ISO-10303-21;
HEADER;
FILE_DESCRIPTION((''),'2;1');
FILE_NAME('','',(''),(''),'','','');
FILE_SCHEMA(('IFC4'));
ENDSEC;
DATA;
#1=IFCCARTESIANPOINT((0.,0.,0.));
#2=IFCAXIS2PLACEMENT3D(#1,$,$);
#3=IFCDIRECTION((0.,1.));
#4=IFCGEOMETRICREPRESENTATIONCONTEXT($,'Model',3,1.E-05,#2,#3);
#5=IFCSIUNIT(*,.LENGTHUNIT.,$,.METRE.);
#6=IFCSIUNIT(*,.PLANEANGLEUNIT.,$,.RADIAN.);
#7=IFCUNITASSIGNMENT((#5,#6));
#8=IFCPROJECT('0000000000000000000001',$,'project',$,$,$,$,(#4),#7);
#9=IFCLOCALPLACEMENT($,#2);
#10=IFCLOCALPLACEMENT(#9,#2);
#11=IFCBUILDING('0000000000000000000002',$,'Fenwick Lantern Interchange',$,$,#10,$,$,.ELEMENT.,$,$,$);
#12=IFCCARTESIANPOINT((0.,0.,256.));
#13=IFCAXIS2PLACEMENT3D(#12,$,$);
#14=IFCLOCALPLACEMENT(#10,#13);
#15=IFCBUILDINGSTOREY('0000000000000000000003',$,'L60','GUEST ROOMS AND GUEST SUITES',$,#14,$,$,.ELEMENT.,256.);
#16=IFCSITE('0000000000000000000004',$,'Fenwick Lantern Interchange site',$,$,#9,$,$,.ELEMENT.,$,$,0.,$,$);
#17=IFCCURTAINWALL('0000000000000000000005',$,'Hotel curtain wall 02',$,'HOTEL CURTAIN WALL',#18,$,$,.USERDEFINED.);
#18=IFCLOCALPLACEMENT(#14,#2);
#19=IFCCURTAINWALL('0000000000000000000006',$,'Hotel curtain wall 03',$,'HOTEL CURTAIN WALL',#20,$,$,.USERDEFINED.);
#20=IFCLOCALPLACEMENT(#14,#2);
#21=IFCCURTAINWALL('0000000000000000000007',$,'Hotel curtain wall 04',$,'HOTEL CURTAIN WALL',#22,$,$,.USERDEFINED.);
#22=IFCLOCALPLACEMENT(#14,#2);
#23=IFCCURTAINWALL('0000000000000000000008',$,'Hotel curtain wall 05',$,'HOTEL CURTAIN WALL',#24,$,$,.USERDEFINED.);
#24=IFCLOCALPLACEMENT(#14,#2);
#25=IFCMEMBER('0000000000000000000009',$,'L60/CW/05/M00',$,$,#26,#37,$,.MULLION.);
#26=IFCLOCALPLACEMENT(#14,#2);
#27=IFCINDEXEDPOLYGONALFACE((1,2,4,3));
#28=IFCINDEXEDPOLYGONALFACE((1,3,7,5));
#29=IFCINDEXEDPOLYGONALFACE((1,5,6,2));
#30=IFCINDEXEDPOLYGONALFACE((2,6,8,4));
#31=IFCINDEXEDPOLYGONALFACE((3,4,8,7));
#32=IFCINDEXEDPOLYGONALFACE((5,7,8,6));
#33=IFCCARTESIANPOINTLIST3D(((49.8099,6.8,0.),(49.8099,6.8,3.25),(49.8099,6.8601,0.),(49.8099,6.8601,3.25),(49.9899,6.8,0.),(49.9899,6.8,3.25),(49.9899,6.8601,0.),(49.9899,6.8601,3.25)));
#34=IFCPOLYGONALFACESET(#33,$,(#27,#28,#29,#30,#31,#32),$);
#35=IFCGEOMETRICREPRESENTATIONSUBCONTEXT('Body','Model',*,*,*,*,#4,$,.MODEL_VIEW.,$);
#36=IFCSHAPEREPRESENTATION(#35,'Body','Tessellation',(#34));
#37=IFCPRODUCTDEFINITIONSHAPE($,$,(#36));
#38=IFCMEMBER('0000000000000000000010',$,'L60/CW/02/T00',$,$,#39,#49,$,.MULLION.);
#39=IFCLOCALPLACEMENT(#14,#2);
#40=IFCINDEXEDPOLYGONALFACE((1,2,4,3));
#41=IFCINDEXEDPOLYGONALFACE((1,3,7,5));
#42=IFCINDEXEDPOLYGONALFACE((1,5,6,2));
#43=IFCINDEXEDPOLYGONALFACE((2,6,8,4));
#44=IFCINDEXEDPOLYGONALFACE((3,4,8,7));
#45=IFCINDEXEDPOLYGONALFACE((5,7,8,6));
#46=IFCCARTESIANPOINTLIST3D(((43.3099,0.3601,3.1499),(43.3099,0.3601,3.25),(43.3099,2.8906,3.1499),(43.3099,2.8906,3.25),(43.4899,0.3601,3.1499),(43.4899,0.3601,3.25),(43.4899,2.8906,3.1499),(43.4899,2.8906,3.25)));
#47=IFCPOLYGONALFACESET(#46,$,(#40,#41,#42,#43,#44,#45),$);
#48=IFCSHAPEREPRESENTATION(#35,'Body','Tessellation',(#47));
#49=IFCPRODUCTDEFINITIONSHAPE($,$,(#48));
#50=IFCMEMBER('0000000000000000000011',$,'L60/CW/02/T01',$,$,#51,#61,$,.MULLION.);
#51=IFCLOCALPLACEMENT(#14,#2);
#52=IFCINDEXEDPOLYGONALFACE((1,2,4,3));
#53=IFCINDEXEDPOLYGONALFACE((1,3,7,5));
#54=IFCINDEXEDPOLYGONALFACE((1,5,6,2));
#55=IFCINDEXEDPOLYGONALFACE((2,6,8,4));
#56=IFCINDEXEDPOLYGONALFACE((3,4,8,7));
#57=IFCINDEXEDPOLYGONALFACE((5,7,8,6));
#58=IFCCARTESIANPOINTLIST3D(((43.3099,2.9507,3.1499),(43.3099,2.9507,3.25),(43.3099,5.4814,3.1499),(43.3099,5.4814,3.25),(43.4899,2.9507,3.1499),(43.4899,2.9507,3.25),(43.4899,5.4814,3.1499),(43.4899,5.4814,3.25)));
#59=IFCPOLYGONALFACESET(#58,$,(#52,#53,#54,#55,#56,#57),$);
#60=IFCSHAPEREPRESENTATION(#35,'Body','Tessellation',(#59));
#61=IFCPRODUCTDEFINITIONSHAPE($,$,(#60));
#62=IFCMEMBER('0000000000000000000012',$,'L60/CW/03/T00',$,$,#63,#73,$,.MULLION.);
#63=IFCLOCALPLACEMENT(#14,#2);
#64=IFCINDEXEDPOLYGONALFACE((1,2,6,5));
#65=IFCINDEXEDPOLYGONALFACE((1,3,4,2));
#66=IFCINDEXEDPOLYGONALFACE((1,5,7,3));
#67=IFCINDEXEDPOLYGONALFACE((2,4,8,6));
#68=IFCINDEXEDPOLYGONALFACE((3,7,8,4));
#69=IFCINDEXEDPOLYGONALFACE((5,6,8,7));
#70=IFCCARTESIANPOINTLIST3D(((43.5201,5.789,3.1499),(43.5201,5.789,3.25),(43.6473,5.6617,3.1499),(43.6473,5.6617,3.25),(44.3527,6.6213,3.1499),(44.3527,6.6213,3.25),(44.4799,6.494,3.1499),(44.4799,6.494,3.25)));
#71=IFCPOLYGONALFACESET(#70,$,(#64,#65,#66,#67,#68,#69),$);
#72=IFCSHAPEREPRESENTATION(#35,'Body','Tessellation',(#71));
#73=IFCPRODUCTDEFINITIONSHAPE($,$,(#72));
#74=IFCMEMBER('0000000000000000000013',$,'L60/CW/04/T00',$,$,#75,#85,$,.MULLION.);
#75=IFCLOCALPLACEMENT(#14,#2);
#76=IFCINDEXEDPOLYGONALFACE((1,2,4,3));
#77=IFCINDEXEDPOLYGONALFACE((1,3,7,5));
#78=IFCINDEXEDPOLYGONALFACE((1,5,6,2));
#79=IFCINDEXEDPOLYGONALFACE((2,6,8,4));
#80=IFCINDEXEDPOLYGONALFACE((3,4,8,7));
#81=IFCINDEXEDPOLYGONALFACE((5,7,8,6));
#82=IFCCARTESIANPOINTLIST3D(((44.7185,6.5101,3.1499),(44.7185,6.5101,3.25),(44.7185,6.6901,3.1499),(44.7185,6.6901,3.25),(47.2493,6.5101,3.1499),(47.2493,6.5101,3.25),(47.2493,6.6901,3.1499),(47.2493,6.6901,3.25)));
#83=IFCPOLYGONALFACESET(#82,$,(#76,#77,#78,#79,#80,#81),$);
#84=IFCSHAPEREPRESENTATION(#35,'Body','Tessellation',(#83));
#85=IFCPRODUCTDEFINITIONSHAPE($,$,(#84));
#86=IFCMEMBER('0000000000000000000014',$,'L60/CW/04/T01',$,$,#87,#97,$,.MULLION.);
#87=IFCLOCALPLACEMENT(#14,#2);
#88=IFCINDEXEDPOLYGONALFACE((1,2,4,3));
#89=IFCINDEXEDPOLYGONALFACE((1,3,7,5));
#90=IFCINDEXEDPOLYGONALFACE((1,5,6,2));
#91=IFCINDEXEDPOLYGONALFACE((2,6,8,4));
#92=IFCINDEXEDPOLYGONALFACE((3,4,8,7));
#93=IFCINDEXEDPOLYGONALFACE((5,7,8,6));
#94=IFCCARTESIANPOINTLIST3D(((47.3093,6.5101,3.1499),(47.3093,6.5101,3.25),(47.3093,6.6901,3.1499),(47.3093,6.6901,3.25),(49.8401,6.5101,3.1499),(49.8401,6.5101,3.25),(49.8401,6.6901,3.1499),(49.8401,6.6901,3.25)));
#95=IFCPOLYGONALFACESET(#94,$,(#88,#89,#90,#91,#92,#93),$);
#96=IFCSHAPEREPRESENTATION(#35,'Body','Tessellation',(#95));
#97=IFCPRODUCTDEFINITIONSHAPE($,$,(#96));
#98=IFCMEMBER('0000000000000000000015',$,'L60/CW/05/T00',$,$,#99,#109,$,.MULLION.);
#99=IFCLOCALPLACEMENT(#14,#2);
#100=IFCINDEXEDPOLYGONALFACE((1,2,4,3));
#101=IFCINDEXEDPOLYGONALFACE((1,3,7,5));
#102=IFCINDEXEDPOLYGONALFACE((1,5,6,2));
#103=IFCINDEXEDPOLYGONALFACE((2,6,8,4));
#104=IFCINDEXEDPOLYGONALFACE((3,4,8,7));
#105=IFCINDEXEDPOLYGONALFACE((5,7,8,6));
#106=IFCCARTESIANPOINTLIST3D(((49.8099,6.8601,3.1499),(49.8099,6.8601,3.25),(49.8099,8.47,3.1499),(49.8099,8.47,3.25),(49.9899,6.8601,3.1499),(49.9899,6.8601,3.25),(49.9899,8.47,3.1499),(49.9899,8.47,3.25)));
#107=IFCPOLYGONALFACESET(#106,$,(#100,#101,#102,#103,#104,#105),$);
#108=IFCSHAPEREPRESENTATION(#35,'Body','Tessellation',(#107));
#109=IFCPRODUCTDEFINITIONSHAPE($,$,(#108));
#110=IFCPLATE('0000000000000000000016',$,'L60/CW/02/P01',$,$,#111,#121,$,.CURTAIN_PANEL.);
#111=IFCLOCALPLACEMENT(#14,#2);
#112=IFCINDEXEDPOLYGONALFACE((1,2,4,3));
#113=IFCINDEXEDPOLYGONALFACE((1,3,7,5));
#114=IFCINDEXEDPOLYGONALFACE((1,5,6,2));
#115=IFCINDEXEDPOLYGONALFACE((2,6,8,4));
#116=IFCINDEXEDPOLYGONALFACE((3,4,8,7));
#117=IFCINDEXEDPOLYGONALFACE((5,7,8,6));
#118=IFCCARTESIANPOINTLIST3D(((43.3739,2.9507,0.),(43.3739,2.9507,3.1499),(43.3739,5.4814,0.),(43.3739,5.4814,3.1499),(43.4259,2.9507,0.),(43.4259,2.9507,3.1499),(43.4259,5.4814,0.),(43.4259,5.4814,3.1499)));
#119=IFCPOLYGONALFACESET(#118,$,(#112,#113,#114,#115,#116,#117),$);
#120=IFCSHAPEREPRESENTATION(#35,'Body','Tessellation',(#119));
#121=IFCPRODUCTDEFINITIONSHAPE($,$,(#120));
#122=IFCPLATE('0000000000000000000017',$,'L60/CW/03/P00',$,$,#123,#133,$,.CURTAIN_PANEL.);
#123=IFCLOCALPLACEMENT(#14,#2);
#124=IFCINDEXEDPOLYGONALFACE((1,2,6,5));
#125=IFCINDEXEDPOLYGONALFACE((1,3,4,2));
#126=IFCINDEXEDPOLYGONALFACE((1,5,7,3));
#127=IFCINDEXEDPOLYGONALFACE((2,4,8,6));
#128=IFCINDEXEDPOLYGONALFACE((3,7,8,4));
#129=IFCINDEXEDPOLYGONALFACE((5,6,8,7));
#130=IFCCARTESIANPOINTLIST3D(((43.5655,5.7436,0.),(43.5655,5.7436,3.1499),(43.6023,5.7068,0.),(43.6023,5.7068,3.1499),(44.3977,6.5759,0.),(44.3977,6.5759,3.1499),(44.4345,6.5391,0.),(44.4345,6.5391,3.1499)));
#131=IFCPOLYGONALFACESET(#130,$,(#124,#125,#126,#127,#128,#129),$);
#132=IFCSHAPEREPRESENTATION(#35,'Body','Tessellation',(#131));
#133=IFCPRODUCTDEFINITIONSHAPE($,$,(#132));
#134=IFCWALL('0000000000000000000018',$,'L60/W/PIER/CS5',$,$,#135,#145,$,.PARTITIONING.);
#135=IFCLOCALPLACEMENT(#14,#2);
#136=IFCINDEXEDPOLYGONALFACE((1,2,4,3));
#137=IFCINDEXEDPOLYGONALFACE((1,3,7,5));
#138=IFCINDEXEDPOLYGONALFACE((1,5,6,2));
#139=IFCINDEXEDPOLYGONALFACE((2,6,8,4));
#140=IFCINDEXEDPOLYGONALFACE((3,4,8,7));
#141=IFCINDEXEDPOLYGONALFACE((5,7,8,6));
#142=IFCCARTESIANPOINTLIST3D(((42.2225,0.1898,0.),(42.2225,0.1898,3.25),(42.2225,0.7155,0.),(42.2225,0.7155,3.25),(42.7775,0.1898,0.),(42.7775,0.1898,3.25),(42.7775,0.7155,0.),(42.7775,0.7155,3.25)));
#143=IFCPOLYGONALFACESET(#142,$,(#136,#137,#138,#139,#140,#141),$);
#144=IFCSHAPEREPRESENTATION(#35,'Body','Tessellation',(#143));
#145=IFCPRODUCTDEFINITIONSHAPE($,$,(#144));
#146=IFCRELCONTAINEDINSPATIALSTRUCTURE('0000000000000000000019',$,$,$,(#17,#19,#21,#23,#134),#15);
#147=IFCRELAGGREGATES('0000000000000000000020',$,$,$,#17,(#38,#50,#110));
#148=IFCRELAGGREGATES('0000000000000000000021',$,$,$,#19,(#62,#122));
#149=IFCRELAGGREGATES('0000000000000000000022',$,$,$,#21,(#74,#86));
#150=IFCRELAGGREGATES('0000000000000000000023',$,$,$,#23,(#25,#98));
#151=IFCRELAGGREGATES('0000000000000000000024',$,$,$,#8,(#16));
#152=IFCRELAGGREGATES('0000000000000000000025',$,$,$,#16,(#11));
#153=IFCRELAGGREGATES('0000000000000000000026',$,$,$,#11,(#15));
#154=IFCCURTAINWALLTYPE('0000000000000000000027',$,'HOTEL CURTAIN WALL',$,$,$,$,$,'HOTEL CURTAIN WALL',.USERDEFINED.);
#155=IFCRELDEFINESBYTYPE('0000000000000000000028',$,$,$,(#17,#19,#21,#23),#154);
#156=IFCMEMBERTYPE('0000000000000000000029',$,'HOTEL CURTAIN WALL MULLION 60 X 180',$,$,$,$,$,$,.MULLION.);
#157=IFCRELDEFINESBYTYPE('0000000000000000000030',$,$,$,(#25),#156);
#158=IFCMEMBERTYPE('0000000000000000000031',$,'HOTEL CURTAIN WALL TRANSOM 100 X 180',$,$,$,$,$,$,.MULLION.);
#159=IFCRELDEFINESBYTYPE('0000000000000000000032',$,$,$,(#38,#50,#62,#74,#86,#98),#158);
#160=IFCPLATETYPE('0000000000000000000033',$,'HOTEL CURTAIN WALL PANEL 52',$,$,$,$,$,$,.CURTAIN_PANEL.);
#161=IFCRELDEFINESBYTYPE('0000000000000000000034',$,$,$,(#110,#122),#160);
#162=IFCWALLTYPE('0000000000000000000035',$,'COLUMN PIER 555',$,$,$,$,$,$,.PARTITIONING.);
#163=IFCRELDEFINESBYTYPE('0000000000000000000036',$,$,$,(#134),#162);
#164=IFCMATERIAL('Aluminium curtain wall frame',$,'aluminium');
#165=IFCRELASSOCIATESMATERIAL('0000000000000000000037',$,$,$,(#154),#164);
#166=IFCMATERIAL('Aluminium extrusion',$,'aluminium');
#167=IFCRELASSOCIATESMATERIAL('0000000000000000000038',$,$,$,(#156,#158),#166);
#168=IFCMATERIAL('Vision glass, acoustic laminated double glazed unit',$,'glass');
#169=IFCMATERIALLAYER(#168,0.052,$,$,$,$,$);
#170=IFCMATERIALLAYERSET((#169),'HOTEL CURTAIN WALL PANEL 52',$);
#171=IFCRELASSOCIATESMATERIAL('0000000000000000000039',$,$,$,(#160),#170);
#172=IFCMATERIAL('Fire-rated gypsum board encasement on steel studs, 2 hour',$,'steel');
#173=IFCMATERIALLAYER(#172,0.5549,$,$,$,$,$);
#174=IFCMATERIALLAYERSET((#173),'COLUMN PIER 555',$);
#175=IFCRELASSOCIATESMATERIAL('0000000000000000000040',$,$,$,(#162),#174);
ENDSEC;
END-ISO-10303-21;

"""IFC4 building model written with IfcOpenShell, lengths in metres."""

from ifc_helpers import new_model, si_unit, direction, frame, frame_2d, origin, origin_2d, place, context, subcontext, project, spatial, rectangle, extrude, material, layer, layer_set, material_profile, profile_set, type_object, element, aggregate, save


model = new_model("IFC4")

# Units and contexts
model_context = context("Model", 3, precision=1e-05, world=origin(), true_north=direction((0.0, 1.0)))
body_context = subcontext(model_context, "Body", "Model", "MODEL_VIEW")
ifc_project = project(units=[si_unit("LENGTHUNIT", "METRE"), si_unit("PLANEANGLEUNIT", "RADIAN")], contexts=[model_context])

# Site, building, storey
site_placement = place(None, origin())
site = spatial("IfcSite", under=ifc_project, at=site_placement, Name="Fenwick Lantern Interchange site", CompositionType="ELEMENT", RefElevation=0.0)
building_placement = place(site_placement, origin())
building = spatial("IfcBuilding", under=site, at=building_placement, Name="Fenwick Lantern Interchange", CompositionType="ELEMENT")
storey_placement = place(building_placement, frame((0.0, 0.0, 256.0)))
storey = spatial("IfcBuildingStorey", under=building, at=storey_placement, Name="L60", Description="GUEST ROOMS AND GUEST SUITES", CompositionType="ELEMENT", Elevation=256.0)

# Shared definitions
ifc_material_1 = material(Name="Aluminium curtain wall frame", Category="aluminium")
curtain_wall_type = type_object("IfcCurtainWallType", Name="HOTEL CURTAIN WALL", ElementType="HOTEL CURTAIN WALL", PredefinedType="USERDEFINED", material=ifc_material_1)
ifc_material_2 = material(Name="Aluminium extrusion", Category="aluminium")
ifc_material_profile_1 = material_profile(ifc_material_2, rectangle(XDim=0.1799, YDim=0.0601, at=origin_2d()), Name="HOTEL CURTAIN WALL MULLION 60 X 180")
ifc_profile_set_1 = profile_set([ifc_material_profile_1], Name="Aluminium extrusion")
member_type_1 = type_object("IfcMemberType", Name="HOTEL CURTAIN WALL MULLION 60 X 180", PredefinedType="MULLION", material=ifc_profile_set_1)

# Curtain walls
curtain_wall_1_placement = place(storey_placement, origin())
curtain_wall_1 = element("IfcCurtainWall", 1, at=curtain_wall_1_placement, inside=storey, type_object=curtain_wall_type, Name="Hotel curtain wall 02", ObjectType="HOTEL CURTAIN WALL", PredefinedType="USERDEFINED")
curtain_wall_2_placement = place(storey_placement, origin())
curtain_wall_2 = element("IfcCurtainWall", 2, at=curtain_wall_2_placement, inside=storey, type_object=curtain_wall_type, Name="Hotel curtain wall 03", ObjectType="HOTEL CURTAIN WALL", PredefinedType="USERDEFINED")
curtain_wall_3_placement = place(storey_placement, origin())
curtain_wall_3 = element("IfcCurtainWall", 3, at=curtain_wall_3_placement, inside=storey, type_object=curtain_wall_type, Name="Hotel curtain wall 04", ObjectType="HOTEL CURTAIN WALL", PredefinedType="USERDEFINED")

# Curtain wall, member
curtain_wall_4_placement = place(storey_placement, origin())
curtain_wall_4 = element("IfcCurtainWall", 4, at=curtain_wall_4_placement, inside=storey, type_object=curtain_wall_type, Name="Hotel curtain wall 05", ObjectType="HOTEL CURTAIN WALL", PredefinedType="USERDEFINED")
member_1_placement = place(storey_placement, frame((49.8999, 6.8301, 0.0), z_axis=(0.0, 0.0, 1.0), x_axis=(-1.0, 0.0, 0.0)))
member_1 = element("IfcMember", 5, at=member_1_placement, type_object=member_type_1, Name="L60/CW/05/M00", PredefinedType="MULLION", context=body_context, shape_type="SweptSolid", body=[
    extrude(rectangle(XDim=0.1799, YDim=0.0601, at=origin_2d()), origin(), (0.0, 0.0, 1.0), 3.25),
])

# Members
ifc_material_profile_2 = material_profile(ifc_material_2, rectangle(XDim=0.1799, YDim=0.1001, at=origin_2d()), Name="HOTEL CURTAIN WALL TRANSOM 100 X 180")
ifc_profile_set_2 = profile_set([ifc_material_profile_2], Name="Aluminium extrusion")
member_type_2 = type_object("IfcMemberType", Name="HOTEL CURTAIN WALL TRANSOM 100 X 180", PredefinedType="MULLION", material=ifc_profile_set_2)
member_2_placement = place(storey_placement, frame((43.3999, 0.3601, 3.2), z_axis=(0.0, 1.0, 0.0), x_axis=(-1.0, 0.0, 0.0)))
member_2 = element("IfcMember", 6, at=member_2_placement, type_object=member_type_2, Name="L60/CW/02/T00", PredefinedType="MULLION", context=body_context, shape_type="SweptSolid", body=[
    extrude(rectangle(XDim=0.1799, YDim=0.1001, at=origin_2d()), origin(), (0.0, 0.0, 1.0), 2.5305),
])
member_3_placement = place(storey_placement, frame((43.3999, 2.9507, 3.2), z_axis=(0.0, 1.0, 0.0), x_axis=(-1.0, 0.0, 0.0)))
member_3 = element("IfcMember", 7, at=member_3_placement, type_object=member_type_2, Name="L60/CW/02/T01", PredefinedType="MULLION", context=body_context, shape_type="SweptSolid", body=[
    extrude(rectangle(XDim=0.1799, YDim=0.1001, at=origin_2d()), origin(), (0.0, 0.0, 1.0), 2.5308),
])
member_4_placement = place(storey_placement, frame((43.5837, 5.7253, 3.2), z_axis=(0.70721, 0.707003, 0.0), x_axis=(-0.707003, 0.70721, 0.0)))
member_4 = element("IfcMember", 8, at=member_4_placement, type_object=member_type_2, Name="L60/CW/03/T00", PredefinedType="MULLION", context=body_context, shape_type="SweptSolid", body=[
    extrude(rectangle(XDim=0.1799, YDim=0.1001, at=origin_2d()), origin(), (0.0, 0.0, 1.0), 1.1772),
])
member_5_placement = place(storey_placement, frame((44.7185, 6.6001, 3.2), z_axis=(1.0, 0.0, 0.0), x_axis=(0.0, 1.0, 0.0)))
member_5 = element("IfcMember", 9, at=member_5_placement, type_object=member_type_2, Name="L60/CW/04/T00", PredefinedType="MULLION", context=body_context, shape_type="SweptSolid", body=[
    extrude(rectangle(XDim=0.1799, YDim=0.1001, at=origin_2d()), origin(), (0.0, 0.0, 1.0), 2.5308),
])
member_6_placement = place(storey_placement, frame((47.3093, 6.6001, 3.2), z_axis=(1.0, 0.0, 0.0), x_axis=(0.0, 1.0, 0.0)))
member_6 = element("IfcMember", 10, at=member_6_placement, type_object=member_type_2, Name="L60/CW/04/T01", PredefinedType="MULLION", context=body_context, shape_type="SweptSolid", body=[
    extrude(rectangle(XDim=0.1799, YDim=0.1001, at=origin_2d()), origin(), (0.0, 0.0, 1.0), 2.5308),
])
member_7_placement = place(storey_placement, frame((49.8999, 6.8601, 3.2), z_axis=(0.0, 1.0, 0.0), x_axis=(-1.0, 0.0, 0.0)))
member_7 = element("IfcMember", 11, at=member_7_placement, type_object=member_type_2, Name="L60/CW/05/T00", PredefinedType="MULLION", context=body_context, shape_type="SweptSolid", body=[
    extrude(rectangle(XDim=0.1799, YDim=0.1001, at=origin_2d()), origin(), (0.0, 0.0, 1.0), 1.6099),
])

# Plates
ifc_material_3 = material(Name="Vision glass, acoustic laminated double glazed unit", Category="glass")
ifc_layer_1 = layer(ifc_material_3, 0.052)
ifc_layer_set_1 = layer_set([ifc_layer_1], Name="HOTEL CURTAIN WALL PANEL 52")
plate_type = type_object("IfcPlateType", Name="HOTEL CURTAIN WALL PANEL 52", PredefinedType="CURTAIN_PANEL", material=ifc_layer_set_1)
plate_1_placement = place(storey_placement, frame((43.3999, 4.2161, 0.0), z_axis=(0.0, 0.0, 1.0), x_axis=(0.0, 1.0, 0.0)))
plate_1 = element("IfcPlate", 12, at=plate_1_placement, type_object=plate_type, Name="L60/CW/02/P01", PredefinedType="CURTAIN_PANEL", context=body_context, shape_type="SweptSolid", body=[
    extrude(rectangle(XDim=2.5308, YDim=0.052, at=origin_2d()), origin(), (0.0, 0.0, 1.0), 3.1499),
])
aggregate(curtain_wall_1, [member_2, member_3, plate_1])
plate_2_placement = place(storey_placement, frame((44.0, 6.1414, 0.0), z_axis=(0.0, 0.0, 1.0), x_axis=(0.707107, 0.707107, 0.0)))
plate_2 = element("IfcPlate", 13, at=plate_2_placement, type_object=plate_type, Name="L60/CW/03/P00", PredefinedType="CURTAIN_PANEL", context=body_context, shape_type="SweptSolid", body=[
    extrude(rectangle(XDim=1.177, YDim=0.052, at=origin_2d()), origin(), (0.0, 0.0, 1.0), 3.1499),
])
aggregate(curtain_wall_2, [member_4, plate_2])
aggregate(curtain_wall_3, [member_5, member_6])
aggregate(curtain_wall_4, [member_1, member_7])

# Wall
ifc_material_4 = material(Name="Fire-rated gypsum board encasement on steel studs, 2 hour", Category="steel")
ifc_layer_2 = layer(ifc_material_4, 0.5549)
ifc_layer_set_2 = layer_set([ifc_layer_2], Name="COLUMN PIER 555")
wall_type = type_object("IfcWallType", Name="COLUMN PIER 555", PredefinedType="PARTITIONING", material=ifc_layer_set_2)
wall_placement = place(storey_placement, frame((42.5, 0.1899, 0.0), z_axis=(0.0, 0.0, 1.0), x_axis=(0.0, 1.0, 0.0)))
element("IfcWall", 14, at=wall_placement, inside=storey, type_object=wall_type, Name="L60/W/PIER/CS5", PredefinedType="PARTITIONING", context=body_context, shape_type="SweptSolid", body=[
    extrude(rectangle(XDim=0.5256, YDim=0.5549, at=frame_2d((0.2627, 0.0))), origin(), (0.0, 0.0, 1.0), 3.25),
])

save(model, "model.ifc")
